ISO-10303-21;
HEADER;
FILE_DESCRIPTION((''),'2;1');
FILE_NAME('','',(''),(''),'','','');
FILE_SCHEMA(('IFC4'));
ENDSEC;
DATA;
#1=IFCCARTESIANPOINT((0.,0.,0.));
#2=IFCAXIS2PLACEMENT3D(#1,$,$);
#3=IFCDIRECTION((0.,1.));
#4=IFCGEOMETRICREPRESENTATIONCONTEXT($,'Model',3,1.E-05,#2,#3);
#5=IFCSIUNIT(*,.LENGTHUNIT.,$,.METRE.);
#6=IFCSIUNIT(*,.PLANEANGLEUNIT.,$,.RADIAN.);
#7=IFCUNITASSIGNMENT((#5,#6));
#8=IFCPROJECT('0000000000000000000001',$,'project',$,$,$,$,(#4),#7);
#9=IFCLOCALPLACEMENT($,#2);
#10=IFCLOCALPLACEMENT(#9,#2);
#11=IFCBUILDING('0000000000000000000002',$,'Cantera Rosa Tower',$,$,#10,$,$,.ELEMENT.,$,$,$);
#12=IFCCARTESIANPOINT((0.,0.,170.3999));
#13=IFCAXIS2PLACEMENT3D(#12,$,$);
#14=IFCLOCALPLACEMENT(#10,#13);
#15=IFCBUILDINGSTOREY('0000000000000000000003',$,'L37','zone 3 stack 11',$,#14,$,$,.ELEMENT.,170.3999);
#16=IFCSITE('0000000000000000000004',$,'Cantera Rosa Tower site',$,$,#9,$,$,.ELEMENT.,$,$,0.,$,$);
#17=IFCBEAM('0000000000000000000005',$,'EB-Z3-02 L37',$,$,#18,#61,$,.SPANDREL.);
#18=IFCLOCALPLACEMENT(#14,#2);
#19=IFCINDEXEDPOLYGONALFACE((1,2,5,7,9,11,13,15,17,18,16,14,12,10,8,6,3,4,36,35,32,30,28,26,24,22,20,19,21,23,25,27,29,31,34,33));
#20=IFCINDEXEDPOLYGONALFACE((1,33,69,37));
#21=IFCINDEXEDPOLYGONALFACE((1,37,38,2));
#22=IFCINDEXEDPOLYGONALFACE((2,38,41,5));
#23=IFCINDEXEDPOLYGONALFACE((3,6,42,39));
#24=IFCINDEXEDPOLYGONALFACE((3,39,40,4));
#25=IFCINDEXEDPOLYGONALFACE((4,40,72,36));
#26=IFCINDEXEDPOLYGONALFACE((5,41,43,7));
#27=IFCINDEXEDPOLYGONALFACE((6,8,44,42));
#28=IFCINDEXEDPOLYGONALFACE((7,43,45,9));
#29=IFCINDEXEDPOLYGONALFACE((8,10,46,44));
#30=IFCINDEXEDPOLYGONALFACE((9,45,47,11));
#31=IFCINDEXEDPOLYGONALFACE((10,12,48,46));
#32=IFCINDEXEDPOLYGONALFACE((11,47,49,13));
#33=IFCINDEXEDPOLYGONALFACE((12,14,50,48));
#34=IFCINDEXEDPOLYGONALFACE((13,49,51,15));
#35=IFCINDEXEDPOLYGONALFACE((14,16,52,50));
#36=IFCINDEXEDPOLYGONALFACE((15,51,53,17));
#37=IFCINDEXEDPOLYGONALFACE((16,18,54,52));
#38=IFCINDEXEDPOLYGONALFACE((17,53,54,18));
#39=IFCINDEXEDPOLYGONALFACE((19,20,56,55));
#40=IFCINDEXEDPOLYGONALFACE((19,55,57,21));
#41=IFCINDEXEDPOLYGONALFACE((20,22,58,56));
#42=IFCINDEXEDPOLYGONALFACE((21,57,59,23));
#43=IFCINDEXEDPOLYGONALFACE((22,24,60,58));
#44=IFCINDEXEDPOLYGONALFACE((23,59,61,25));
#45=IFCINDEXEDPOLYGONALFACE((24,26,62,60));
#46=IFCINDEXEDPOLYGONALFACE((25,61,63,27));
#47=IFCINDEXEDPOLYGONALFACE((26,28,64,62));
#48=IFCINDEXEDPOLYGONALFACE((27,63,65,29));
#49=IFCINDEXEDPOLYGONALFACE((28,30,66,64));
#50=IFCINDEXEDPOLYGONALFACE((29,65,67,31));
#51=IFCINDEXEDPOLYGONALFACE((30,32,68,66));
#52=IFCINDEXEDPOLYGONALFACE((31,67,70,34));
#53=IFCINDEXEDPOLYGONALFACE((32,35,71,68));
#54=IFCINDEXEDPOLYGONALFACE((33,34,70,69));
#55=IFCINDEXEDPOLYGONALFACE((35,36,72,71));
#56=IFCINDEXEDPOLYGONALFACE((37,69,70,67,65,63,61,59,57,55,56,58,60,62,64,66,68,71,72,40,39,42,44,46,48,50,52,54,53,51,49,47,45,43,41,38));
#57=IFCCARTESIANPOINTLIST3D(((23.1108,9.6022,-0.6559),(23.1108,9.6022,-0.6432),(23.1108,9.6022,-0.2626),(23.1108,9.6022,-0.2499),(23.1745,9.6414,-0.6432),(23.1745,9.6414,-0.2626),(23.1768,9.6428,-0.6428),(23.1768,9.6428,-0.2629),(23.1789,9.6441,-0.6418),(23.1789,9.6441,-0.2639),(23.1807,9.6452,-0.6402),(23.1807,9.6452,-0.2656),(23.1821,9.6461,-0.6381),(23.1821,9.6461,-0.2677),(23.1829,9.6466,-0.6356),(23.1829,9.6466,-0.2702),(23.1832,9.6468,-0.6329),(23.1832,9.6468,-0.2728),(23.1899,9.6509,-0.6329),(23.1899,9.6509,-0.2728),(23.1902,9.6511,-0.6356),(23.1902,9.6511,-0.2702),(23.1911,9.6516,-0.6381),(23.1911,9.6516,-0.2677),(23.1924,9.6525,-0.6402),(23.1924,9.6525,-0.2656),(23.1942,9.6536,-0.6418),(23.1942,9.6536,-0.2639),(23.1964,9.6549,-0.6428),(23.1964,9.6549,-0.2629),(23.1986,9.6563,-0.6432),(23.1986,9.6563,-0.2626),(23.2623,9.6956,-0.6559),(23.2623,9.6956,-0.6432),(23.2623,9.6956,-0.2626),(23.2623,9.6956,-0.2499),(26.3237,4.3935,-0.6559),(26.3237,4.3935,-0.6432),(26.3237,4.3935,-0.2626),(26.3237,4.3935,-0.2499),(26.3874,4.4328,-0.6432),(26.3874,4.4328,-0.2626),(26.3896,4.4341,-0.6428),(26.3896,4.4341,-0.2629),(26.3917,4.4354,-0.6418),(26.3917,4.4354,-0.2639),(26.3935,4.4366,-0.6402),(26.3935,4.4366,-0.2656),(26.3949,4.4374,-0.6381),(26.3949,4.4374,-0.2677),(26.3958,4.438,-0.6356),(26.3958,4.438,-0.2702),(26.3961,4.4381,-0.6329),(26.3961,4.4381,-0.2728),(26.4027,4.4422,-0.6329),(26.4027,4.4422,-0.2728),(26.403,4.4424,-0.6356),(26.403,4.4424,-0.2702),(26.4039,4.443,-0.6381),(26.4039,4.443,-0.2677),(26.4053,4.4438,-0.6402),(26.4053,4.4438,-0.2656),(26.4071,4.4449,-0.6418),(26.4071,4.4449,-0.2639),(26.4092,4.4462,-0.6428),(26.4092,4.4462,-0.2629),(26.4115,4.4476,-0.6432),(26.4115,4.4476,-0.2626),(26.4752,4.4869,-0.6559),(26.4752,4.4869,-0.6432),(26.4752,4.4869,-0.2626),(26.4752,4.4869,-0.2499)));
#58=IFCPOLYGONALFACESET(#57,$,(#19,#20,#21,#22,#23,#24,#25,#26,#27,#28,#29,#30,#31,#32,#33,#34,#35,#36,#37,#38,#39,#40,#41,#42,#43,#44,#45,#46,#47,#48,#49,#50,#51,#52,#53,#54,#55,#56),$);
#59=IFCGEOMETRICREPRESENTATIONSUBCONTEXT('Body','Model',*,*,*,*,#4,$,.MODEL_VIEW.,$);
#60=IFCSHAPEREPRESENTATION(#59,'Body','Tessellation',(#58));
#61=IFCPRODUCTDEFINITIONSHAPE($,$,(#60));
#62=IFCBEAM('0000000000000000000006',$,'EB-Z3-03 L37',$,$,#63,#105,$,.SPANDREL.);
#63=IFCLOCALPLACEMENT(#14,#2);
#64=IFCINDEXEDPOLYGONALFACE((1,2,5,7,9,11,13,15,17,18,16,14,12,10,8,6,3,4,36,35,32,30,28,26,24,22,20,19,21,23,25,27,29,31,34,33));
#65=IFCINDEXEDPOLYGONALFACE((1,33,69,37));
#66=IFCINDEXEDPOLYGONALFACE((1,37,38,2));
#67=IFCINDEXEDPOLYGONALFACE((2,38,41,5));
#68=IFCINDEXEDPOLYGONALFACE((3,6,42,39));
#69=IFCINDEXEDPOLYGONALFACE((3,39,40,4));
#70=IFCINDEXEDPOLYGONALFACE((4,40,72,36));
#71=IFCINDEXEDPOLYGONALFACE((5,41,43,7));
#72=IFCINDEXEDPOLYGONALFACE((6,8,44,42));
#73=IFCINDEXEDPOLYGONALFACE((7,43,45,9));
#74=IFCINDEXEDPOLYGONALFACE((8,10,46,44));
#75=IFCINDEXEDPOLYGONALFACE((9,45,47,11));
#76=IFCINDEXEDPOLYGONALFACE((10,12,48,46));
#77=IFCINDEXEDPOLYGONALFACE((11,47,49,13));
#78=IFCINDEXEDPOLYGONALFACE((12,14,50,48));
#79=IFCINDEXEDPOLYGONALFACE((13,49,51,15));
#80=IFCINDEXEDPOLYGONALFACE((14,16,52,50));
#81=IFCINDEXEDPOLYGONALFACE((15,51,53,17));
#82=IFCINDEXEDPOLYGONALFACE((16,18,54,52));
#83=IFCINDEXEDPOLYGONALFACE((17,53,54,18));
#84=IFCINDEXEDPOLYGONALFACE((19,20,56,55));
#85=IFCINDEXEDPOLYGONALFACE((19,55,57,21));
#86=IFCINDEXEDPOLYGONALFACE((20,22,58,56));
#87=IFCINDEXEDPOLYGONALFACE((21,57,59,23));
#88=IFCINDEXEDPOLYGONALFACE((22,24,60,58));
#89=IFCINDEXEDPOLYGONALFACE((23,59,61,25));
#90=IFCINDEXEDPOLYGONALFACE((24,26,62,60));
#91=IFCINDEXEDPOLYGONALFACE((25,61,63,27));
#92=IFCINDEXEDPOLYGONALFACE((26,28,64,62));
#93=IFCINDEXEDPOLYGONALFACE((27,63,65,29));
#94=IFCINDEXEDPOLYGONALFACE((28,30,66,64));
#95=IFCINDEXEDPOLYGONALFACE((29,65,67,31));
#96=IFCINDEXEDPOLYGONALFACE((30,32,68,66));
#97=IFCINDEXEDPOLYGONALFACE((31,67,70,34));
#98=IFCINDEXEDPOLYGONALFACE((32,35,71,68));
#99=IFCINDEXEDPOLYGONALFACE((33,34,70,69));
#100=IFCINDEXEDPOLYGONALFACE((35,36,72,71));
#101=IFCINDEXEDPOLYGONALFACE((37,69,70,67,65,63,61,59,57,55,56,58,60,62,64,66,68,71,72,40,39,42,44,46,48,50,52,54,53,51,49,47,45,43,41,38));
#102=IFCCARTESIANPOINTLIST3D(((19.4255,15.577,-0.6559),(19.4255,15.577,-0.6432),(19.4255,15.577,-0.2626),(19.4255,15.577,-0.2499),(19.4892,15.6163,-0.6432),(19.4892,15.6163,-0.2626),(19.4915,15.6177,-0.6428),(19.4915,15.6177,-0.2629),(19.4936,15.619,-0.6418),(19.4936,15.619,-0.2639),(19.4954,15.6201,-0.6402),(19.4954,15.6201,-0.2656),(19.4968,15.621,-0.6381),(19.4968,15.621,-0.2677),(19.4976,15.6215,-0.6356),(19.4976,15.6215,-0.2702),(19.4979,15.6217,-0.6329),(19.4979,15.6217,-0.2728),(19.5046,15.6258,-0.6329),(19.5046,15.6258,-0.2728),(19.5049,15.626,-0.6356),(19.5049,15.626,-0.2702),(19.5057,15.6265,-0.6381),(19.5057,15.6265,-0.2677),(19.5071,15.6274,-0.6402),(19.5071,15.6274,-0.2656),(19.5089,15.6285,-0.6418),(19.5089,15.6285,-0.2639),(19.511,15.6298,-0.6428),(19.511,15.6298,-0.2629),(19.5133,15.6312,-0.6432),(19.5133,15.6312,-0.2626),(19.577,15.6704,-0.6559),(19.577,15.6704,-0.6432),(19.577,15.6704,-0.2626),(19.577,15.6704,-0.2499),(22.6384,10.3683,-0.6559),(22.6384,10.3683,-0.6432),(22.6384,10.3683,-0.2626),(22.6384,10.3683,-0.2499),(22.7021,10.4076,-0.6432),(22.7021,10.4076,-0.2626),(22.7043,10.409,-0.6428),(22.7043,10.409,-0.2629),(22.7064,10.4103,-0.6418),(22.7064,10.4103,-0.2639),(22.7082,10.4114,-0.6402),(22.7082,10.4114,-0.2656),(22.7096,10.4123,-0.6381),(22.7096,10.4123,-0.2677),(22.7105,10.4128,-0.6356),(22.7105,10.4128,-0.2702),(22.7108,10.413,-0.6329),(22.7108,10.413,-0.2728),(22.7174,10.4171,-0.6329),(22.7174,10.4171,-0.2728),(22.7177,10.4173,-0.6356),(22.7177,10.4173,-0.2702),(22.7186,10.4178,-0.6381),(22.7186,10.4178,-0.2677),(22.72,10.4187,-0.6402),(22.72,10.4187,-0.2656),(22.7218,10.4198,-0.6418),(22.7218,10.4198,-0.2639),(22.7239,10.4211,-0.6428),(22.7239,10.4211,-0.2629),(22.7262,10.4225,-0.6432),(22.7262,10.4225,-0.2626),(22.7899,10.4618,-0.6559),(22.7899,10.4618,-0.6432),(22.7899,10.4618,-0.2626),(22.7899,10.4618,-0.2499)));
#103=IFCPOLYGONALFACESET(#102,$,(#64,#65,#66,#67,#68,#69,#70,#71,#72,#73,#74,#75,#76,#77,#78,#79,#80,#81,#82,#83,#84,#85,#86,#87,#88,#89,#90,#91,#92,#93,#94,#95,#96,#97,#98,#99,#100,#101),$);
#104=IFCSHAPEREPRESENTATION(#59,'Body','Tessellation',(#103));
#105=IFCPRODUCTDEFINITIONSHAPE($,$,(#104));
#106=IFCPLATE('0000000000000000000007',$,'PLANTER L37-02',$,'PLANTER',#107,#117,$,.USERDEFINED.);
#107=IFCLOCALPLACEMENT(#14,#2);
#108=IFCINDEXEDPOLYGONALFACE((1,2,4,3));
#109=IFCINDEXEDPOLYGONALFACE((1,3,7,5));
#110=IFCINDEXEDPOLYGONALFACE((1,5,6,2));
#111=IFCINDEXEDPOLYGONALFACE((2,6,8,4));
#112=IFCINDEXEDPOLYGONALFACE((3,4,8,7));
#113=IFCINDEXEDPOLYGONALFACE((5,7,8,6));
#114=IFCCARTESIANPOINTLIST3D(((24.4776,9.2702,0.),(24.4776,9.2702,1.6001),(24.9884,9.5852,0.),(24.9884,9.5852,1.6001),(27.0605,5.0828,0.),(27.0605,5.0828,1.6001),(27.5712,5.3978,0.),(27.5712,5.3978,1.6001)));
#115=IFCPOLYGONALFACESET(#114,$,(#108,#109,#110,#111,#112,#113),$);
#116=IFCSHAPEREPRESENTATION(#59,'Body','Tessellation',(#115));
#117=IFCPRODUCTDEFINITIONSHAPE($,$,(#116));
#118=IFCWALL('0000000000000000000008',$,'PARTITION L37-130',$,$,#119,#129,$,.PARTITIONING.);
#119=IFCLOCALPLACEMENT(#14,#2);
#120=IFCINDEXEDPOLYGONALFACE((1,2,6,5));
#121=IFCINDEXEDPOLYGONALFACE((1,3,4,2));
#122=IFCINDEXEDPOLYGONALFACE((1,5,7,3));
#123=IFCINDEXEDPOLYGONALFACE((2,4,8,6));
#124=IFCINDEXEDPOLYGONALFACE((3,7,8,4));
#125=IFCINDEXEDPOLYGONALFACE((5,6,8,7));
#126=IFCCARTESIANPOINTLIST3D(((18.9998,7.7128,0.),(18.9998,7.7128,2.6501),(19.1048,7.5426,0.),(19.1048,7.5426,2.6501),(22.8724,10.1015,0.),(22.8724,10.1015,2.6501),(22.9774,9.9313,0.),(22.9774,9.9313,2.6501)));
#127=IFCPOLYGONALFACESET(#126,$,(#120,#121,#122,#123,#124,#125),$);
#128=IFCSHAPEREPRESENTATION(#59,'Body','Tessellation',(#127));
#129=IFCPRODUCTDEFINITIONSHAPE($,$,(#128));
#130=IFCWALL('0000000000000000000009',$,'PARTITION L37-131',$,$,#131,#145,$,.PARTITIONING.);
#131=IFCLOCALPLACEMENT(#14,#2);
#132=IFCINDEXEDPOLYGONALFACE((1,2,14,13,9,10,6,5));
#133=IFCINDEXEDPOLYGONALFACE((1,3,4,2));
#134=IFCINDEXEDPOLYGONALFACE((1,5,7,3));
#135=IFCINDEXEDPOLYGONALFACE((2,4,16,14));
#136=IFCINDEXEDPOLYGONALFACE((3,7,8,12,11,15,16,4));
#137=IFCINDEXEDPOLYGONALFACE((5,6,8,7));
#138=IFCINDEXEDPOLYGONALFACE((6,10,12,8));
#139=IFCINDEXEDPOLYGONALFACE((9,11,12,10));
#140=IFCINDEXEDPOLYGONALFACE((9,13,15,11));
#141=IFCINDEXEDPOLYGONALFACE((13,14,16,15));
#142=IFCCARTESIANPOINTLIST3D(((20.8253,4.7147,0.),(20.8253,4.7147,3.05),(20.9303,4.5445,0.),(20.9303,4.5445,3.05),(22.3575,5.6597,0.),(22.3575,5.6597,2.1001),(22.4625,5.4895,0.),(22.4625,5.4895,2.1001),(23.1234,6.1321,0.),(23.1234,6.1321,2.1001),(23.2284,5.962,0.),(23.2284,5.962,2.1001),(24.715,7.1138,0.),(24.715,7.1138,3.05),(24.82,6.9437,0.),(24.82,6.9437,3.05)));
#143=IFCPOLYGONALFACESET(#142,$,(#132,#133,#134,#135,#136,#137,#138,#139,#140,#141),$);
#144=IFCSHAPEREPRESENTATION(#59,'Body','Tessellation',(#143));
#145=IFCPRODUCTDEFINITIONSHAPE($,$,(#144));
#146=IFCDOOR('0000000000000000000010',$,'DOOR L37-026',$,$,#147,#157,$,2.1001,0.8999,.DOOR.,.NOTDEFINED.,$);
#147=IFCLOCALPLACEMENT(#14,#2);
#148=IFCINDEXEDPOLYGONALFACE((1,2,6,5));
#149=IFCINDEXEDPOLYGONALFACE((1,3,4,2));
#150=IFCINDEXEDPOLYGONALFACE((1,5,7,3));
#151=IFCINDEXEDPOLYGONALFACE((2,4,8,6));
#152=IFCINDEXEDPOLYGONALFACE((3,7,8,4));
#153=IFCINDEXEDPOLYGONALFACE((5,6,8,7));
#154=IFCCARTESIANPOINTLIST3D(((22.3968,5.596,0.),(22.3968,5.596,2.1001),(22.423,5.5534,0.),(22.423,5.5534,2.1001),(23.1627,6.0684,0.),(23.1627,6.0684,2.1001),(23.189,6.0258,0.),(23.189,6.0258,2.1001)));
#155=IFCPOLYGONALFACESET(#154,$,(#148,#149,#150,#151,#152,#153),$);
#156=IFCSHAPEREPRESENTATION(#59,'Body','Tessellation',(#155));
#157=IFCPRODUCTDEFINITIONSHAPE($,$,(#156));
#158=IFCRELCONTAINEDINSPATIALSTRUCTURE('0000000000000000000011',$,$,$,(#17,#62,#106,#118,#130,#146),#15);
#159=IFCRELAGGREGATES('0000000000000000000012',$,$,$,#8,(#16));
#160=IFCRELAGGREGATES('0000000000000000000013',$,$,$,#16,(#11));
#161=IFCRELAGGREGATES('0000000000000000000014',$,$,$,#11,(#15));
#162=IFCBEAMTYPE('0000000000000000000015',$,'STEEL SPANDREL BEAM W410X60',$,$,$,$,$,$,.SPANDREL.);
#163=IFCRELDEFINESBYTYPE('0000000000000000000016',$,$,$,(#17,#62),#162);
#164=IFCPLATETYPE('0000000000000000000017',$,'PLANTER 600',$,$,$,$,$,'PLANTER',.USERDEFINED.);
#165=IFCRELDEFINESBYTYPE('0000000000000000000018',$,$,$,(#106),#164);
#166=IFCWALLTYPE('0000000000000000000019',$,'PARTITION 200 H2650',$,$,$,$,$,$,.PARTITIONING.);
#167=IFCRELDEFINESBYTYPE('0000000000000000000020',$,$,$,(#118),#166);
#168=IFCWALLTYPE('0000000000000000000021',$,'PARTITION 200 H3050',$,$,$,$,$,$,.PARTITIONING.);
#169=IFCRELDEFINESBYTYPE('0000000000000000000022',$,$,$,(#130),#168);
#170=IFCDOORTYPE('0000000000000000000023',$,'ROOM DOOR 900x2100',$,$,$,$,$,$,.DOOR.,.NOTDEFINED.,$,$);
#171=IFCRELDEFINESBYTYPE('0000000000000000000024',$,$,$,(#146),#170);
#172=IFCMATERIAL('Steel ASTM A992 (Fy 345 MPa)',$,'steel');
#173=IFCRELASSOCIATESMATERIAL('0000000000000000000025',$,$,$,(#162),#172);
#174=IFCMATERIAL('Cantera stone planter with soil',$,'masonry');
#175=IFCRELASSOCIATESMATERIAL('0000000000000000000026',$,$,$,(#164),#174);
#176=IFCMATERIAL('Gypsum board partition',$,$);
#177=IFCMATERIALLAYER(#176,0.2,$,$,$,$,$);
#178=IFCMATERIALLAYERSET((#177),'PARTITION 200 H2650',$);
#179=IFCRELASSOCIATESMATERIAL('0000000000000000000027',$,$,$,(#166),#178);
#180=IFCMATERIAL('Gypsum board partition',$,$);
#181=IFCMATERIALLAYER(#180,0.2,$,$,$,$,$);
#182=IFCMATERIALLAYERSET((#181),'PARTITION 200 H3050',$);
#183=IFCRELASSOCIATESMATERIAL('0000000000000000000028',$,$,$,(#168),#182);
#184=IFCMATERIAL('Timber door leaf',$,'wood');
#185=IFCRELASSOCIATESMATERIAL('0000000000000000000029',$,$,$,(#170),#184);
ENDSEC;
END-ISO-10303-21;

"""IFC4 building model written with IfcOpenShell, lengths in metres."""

from ifc_helpers import new_model, si_unit, direction, frame, frame_2d, origin, origin_2d, place, context, subcontext, project, spatial, rectangle, i_section, extrude, material, layer, layer_set, material_profile, profile_set, type_object, element, fill, save


model = new_model("IFC4")

# Units and contexts
model_context = context("Model", 3, precision=1e-05, world=origin(), true_north=direction((0.0, 1.0)))
body_context = subcontext(model_context, "Body", "Model", "MODEL_VIEW")
ifc_project = project(units=[si_unit("LENGTHUNIT", "METRE"), si_unit("PLANEANGLEUNIT", "RADIAN")], contexts=[model_context])

# Site, building, storey
site_placement = place(None, origin())
site = spatial("IfcSite", under=ifc_project, at=site_placement, Name="Cantera Rosa Tower site", CompositionType="ELEMENT", RefElevation=0.0)
building_placement = place(site_placement, origin())
building = spatial("IfcBuilding", under=site, at=building_placement, Name="Cantera Rosa Tower", CompositionType="ELEMENT")
storey_placement = place(building_placement, frame((0.0, 0.0, 170.3999)))
storey = spatial("IfcBuildingStorey", under=building, at=storey_placement, Name="L37", Description="zone 3 stack 11", CompositionType="ELEMENT", Elevation=170.3999)

# Beams
ifc_material_1 = material(Name="Steel ASTM A992 (Fy 345 MPa)", Category="steel")
ifc_material_profile_1 = material_profile(ifc_material_1, i_section(OverallWidth=0.178, OverallDepth=0.406, WebThickness=0.0078, FlangeThickness=0.0127, FilletRadius=0.0103, at=origin_2d()), Name="W410X60")
ifc_profile_set_1 = profile_set([ifc_material_profile_1], Name="Steel ASTM A992 (Fy 345 MPa)")
beam_type_1 = type_object("IfcBeamType", Name="STEEL SPANDREL BEAM W410X60", PredefinedType="SPANDREL", material=ifc_profile_set_1)
for number, where, z_axis, x_axis, name in (
    (1, (26.3994, 4.4402, -0.4529), (-0.524987, 0.85111, 0.0), (-0.85111, -0.524987, 0.0), "EB-Z3-02 L37"),
    (2, (22.7141, 10.415, -0.4529), (-0.524987, 0.85111, 0.0), (-0.85111, -0.524987, 0.0), "EB-Z3-03 L37"),
):
    element("IfcBeam", number, at=place(storey_placement, frame(where, z_axis=z_axis, x_axis=x_axis)), inside=storey, type_object=beam_type_1, Name=name, PredefinedType="SPANDREL", context=body_context, shape_type="SweptSolid", body=[
        extrude(i_section(OverallWidth=0.178, OverallDepth=0.406, WebThickness=0.0078, FlangeThickness=0.0127, FilletRadius=0.0103, at=origin_2d()), origin(), (0.0, 0.0, 1.0), 6.1199),
    ])

# Plate
ifc_material_2 = material(Name="Cantera stone planter with soil", Category="masonry")
plate_type = type_object("IfcPlateType", Name="PLANTER 600", ElementType="PLANTER", PredefinedType="USERDEFINED", material=ifc_material_2)
plate_placement = place(storey_placement, frame((26.0244, 7.334, 0.0), z_axis=(0.0, 0.0, 1.0), x_axis=(-0.524977, 0.851117, 0.0)))
element("IfcPlate", 3, at=plate_placement, inside=storey, type_object=plate_type, Name="PLANTER L37-02", ObjectType="PLANTER", PredefinedType="USERDEFINED", context=body_context, shape_type="SweptSolid", body=[
    extrude(rectangle(XDim=4.9199, YDim=0.6001, at=origin_2d()), origin(), (0.0, 0.0, 1.0), 1.6001),
])

# Wall
ifc_material_3 = material(Name="Gypsum board partition")
ifc_layer_1 = layer(ifc_material_3, 0.2)
ifc_layer_set_1 = layer_set([ifc_layer_1], Name="PARTITION 200 H2650")
wall_type_1 = type_object("IfcWallType", Name="PARTITION 200 H2650", PredefinedType="PARTITIONING", material=ifc_layer_set_1)
wall_1_placement = place(storey_placement, frame((22.9248, 10.0164, 0.0), z_axis=(0.0, 0.0, 1.0), x_axis=(-0.851113, -0.524983, 0.0)))
element("IfcWall", 4, at=wall_1_placement, inside=storey, type_object=wall_type_1, Name="PARTITION L37-130", PredefinedType="PARTITIONING", context=body_context, shape_type="SweptSolid", body=[
    extrude(rectangle(XDim=4.55, YDim=0.2, at=frame_2d((2.2749, 0.0))), origin(), (0.0, 0.0, 1.0), 2.6501),
])

# Wall, opening, door
ifc_material_4 = material(Name="Gypsum board partition")
ifc_layer_2 = layer(ifc_material_4, 0.2)
ifc_layer_set_2 = layer_set([ifc_layer_2], Name="PARTITION 200 H3050")
wall_type_2 = type_object("IfcWallType", Name="PARTITION 200 H3050", PredefinedType="PARTITIONING", material=ifc_layer_set_2)
wall_2_placement = place(storey_placement, frame((24.7676, 7.0288, 0.0), z_axis=(0.0, 0.0, 1.0), x_axis=(-0.851117, -0.524976, 0.0)))
wall_2 = element("IfcWall", 5, at=wall_2_placement, inside=storey, type_object=wall_type_2, Name="PARTITION L37-131", PredefinedType="PARTITIONING", context=body_context, shape_type="SweptSolid", body=[
    extrude(rectangle(XDim=4.5701, YDim=0.2, at=frame_2d((2.2852, 0.0))), origin(), (0.0, 0.0, 1.0), 3.05),
])
opening_1_placement = place(wall_2_placement, frame((1.8701, 0.0, 0.0)))
opening_1 = element("IfcOpeningElement", 6, at=opening_1_placement, cuts=wall_2, PredefinedType="OPENING", context=body_context, shape_type="SweptSolid", body=[
    extrude(rectangle(XDim=0.8999, YDim=2.1001, at=frame_2d((0.45, 1.05))), frame((0.0, 0.1099, 0.0), z_axis=(0.0, -1.0, 0.0), x_axis=(1.0, 0.0, 0.0)), (0.0, 0.0, 1.0), 0.22),
])
ifc_material_5 = material(Name="Timber door leaf", Category="wood")
door_type_1 = type_object("IfcDoorType", Name="ROOM DOOR 900x2100", OperationType="NOTDEFINED", PredefinedType="DOOR", material=ifc_material_5)
door_1_placement = place(opening_1_placement, origin())
door_1 = element("IfcDoor", 7, at=door_1_placement, inside=storey, type_object=door_type_1, Name="DOOR L37-026", OperationType="NOTDEFINED", OverallHeight=2.1001, OverallWidth=0.8999, PredefinedType="DOOR", context=body_context, shape_type="SweptSolid", body=[
    extrude(rectangle(XDim=0.8999, YDim=2.1001, at=frame_2d((0.45, 1.05))), frame((0.0, 0.0249, 0.0), z_axis=(0.0, -1.0, 0.0), x_axis=(1.0, 0.0, 0.0)), (0.0, 0.0, 1.0), 0.05),
])
fill(opening_1, door_1)

save(model, "model.ifc")
